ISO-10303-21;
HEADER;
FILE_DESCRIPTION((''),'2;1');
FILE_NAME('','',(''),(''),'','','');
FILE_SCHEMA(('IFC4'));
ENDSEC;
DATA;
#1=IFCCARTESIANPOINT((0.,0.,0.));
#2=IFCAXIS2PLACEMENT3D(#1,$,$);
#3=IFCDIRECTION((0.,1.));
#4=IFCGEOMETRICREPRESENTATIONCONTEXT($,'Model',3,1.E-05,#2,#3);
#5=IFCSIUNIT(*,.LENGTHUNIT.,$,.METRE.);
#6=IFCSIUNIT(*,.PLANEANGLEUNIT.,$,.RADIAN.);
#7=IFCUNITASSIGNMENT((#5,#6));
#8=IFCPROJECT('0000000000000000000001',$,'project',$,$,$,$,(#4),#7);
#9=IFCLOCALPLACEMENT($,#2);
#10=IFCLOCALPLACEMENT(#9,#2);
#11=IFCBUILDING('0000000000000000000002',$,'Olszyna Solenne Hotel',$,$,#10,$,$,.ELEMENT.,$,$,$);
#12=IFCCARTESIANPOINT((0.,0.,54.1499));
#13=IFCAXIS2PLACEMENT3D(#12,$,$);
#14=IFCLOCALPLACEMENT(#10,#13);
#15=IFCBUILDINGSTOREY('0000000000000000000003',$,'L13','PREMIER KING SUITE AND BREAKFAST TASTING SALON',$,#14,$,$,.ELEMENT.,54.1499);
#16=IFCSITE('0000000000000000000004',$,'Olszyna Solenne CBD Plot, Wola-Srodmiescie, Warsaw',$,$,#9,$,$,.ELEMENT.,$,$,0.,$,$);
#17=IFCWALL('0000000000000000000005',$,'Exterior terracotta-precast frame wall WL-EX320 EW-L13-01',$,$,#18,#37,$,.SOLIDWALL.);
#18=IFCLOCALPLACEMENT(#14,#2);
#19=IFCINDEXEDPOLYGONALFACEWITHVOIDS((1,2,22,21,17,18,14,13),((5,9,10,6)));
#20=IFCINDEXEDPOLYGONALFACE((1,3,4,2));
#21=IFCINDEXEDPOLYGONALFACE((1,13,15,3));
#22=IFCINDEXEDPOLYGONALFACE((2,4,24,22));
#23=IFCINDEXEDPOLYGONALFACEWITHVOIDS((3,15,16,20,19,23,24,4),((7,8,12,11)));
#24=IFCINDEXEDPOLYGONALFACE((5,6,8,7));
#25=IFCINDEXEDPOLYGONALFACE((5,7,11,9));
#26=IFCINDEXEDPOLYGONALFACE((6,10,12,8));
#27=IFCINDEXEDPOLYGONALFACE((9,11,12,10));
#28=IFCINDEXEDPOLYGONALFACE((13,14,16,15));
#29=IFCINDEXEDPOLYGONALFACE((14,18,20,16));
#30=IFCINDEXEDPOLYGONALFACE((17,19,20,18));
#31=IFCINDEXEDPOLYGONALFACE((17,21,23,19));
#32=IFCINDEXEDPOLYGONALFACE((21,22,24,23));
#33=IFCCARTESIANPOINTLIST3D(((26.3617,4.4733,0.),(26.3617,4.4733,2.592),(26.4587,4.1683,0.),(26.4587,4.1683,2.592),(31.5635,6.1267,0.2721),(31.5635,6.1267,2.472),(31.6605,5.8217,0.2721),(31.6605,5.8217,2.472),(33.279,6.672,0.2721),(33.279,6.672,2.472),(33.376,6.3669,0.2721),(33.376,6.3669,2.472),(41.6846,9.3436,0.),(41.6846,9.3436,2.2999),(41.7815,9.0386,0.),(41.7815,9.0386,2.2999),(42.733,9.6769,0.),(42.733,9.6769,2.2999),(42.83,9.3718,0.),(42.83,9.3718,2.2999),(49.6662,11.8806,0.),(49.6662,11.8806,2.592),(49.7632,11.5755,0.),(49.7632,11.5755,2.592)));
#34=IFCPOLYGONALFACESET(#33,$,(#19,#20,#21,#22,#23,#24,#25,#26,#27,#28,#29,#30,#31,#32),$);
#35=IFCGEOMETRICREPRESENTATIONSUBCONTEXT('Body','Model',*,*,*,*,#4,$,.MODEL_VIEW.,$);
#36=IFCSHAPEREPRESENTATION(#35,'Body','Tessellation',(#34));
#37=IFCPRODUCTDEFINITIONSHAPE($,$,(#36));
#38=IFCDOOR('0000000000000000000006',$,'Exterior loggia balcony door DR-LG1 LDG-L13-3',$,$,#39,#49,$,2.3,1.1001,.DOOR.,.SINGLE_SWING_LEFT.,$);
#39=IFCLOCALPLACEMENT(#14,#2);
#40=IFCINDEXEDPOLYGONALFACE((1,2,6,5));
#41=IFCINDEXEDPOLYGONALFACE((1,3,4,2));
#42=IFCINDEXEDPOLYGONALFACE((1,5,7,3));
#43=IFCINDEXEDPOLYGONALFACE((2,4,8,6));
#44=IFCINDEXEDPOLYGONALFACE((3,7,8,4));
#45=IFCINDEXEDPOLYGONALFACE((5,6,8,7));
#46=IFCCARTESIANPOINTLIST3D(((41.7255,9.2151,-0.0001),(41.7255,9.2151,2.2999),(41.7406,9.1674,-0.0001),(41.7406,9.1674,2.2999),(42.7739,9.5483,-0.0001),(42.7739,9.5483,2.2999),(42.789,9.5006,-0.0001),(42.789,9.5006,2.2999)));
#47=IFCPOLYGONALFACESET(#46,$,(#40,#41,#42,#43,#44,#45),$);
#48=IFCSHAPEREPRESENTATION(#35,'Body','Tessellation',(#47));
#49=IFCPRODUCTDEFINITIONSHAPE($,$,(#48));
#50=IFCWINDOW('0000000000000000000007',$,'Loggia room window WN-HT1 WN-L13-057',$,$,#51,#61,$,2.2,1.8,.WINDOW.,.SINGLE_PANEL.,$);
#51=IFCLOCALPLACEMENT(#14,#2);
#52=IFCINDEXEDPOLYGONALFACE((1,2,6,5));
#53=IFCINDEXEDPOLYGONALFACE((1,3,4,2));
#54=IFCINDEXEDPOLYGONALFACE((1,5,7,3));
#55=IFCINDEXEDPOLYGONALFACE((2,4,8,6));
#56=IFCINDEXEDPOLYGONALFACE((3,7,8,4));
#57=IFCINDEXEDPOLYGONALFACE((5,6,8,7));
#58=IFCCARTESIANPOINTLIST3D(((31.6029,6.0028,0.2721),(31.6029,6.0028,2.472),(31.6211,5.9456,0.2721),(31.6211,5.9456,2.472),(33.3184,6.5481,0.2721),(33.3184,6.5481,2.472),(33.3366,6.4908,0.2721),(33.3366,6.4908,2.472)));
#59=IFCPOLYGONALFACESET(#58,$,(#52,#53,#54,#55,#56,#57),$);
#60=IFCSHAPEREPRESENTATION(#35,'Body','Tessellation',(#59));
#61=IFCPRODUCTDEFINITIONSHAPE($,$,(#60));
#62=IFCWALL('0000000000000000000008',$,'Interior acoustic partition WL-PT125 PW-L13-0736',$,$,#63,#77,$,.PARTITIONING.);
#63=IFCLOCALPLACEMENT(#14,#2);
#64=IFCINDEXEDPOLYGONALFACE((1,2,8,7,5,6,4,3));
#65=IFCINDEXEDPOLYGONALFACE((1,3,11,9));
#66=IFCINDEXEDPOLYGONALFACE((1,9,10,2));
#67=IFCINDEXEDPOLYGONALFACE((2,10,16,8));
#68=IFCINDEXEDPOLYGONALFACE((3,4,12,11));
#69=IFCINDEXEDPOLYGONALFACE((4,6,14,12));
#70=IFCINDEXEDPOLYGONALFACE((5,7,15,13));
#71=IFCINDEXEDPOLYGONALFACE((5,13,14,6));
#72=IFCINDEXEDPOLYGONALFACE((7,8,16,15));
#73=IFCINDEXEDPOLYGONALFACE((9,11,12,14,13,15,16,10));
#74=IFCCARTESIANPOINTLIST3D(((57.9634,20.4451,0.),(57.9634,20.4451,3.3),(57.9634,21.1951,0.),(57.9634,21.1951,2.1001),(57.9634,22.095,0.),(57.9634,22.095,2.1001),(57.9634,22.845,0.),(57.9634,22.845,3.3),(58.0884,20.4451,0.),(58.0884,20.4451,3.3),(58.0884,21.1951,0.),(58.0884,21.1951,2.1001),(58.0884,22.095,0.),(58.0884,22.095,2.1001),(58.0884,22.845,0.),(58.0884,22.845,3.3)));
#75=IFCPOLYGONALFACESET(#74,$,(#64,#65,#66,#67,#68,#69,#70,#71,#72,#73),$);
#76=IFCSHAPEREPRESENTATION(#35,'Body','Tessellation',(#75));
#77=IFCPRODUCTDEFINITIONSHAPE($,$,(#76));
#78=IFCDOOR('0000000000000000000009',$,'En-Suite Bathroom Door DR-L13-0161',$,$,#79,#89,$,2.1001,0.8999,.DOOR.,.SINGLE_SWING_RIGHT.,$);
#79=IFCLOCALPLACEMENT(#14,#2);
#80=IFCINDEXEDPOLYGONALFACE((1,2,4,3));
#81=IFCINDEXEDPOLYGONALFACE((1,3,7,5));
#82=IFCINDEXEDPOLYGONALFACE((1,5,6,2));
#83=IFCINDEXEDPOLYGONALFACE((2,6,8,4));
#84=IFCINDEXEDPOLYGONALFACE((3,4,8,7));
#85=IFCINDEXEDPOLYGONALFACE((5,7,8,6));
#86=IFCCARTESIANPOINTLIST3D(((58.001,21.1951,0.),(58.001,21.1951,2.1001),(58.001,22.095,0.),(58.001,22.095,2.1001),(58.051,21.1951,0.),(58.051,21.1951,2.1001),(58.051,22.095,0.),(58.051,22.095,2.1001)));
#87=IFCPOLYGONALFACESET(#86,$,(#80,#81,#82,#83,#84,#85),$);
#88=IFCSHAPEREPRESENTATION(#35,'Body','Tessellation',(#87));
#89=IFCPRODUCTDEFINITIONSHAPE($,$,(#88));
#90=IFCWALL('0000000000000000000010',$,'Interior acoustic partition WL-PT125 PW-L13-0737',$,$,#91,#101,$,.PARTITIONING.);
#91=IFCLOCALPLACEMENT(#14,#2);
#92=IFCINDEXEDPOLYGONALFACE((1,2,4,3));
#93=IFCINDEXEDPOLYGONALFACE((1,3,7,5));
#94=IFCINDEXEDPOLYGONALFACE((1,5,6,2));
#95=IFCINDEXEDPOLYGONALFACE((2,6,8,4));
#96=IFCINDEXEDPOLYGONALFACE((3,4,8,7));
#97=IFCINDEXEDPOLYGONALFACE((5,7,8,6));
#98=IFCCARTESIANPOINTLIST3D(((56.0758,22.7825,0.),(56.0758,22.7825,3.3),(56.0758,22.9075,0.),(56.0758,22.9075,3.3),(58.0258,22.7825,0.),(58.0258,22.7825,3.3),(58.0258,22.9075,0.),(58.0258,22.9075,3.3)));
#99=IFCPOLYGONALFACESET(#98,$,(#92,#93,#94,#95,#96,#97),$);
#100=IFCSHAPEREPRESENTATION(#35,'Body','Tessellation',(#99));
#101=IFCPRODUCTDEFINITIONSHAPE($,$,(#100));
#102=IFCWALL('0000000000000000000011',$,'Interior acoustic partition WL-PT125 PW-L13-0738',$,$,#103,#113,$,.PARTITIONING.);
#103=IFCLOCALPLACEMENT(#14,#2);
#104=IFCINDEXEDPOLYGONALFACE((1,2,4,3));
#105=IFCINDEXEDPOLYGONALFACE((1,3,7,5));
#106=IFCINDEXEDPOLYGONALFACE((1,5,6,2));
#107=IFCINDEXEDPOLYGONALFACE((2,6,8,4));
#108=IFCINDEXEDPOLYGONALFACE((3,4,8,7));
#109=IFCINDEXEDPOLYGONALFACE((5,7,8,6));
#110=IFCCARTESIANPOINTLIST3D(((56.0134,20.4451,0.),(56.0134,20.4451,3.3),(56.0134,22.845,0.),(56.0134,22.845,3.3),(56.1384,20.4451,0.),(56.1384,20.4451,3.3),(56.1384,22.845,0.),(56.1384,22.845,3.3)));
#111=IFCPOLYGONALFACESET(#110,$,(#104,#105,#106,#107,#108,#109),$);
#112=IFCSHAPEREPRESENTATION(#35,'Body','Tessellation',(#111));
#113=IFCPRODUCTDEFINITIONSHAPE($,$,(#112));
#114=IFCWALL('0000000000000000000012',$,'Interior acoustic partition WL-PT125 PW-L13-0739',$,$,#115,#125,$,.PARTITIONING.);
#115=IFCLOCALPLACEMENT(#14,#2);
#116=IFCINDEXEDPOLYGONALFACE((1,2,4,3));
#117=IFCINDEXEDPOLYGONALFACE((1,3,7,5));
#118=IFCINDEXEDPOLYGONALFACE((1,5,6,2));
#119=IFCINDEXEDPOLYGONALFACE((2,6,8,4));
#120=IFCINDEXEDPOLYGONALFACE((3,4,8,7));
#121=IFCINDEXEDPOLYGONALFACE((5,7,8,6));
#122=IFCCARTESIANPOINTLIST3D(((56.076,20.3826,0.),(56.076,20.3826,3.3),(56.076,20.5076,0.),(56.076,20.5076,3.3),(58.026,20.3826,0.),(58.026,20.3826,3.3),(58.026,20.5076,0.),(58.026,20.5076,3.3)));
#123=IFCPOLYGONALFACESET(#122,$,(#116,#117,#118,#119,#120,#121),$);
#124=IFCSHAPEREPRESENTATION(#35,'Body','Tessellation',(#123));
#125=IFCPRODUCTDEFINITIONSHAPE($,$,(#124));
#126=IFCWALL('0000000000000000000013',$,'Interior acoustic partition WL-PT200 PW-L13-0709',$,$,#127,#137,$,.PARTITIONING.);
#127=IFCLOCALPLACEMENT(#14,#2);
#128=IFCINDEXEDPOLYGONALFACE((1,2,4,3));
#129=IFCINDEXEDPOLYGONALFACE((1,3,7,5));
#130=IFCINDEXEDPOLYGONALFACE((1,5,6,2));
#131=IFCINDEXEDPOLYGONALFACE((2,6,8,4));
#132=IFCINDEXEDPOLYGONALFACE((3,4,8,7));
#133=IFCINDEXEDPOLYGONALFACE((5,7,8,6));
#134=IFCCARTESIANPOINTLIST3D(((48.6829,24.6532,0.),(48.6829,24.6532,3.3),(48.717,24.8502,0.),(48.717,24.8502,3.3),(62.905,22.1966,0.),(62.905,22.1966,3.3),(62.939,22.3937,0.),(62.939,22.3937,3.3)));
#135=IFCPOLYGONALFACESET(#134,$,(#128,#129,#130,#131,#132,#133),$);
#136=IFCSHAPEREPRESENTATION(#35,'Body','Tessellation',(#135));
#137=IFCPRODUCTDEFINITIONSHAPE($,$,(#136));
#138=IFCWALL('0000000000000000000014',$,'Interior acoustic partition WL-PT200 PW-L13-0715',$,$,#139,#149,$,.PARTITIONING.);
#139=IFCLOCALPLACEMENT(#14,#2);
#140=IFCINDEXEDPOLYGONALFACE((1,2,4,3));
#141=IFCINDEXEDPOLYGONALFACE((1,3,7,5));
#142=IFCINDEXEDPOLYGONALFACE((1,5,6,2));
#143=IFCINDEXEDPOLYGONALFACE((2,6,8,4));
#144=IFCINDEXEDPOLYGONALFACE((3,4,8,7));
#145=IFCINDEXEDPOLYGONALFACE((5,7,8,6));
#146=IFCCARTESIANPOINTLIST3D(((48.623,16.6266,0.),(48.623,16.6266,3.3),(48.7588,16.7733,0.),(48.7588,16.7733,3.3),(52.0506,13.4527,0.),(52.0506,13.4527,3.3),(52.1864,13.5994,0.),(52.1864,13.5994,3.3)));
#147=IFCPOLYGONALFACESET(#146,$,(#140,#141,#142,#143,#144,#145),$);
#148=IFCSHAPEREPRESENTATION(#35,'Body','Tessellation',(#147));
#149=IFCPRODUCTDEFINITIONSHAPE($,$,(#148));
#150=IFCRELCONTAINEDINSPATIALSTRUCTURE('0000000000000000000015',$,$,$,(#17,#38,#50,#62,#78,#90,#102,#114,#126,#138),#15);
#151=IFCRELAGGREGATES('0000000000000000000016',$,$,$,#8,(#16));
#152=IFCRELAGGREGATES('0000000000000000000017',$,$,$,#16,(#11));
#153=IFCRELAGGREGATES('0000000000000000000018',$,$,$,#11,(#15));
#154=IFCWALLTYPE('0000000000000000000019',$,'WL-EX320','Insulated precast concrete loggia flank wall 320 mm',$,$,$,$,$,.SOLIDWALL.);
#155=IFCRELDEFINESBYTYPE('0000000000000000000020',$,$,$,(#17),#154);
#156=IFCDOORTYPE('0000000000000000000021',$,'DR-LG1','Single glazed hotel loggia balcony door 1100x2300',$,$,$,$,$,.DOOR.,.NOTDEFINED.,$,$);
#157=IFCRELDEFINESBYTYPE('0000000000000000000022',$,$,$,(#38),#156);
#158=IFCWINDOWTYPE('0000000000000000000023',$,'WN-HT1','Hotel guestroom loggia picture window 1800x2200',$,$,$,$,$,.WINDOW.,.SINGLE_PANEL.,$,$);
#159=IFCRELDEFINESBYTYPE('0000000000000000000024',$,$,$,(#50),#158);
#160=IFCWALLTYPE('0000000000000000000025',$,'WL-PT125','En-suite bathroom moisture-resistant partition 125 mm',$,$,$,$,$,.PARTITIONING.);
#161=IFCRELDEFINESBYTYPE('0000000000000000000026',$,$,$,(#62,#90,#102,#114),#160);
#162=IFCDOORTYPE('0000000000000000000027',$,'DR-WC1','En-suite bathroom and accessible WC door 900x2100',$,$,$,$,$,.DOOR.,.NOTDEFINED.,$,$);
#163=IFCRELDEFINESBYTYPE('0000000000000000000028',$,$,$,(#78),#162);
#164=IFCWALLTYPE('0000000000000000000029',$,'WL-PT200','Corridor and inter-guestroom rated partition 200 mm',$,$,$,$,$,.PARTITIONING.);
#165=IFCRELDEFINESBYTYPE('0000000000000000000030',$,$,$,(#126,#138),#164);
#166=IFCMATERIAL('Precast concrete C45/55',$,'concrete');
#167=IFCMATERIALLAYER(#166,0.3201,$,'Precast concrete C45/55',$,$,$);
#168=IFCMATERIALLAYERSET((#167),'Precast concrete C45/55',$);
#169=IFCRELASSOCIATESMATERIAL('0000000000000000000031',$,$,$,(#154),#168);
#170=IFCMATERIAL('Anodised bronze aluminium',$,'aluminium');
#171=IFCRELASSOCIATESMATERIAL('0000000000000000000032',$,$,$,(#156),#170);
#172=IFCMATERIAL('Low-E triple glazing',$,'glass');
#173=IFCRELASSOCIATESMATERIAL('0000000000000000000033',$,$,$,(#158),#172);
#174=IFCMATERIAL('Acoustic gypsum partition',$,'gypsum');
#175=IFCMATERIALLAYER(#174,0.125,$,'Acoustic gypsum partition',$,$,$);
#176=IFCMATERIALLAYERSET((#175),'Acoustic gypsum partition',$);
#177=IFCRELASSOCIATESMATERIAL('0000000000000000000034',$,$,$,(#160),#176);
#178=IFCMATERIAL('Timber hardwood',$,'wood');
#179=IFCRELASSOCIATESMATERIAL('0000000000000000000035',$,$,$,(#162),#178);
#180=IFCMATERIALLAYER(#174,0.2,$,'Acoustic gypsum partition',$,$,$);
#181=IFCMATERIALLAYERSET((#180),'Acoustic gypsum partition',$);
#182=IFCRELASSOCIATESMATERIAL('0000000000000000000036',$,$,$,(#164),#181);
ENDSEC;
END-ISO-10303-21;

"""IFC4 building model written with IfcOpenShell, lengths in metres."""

from ifc_helpers import new_model, si_unit, direction, frame, frame_2d, origin, place, context, subcontext, project, spatial, rectangle, extrude, source, transform, mapped, material, layer, layer_set, type_object, type_shapes, element, fill, save


model = new_model("IFC4")

# Units and contexts
model_context = context("Model", 3, precision=1e-05, world=origin(), true_north=direction((0.0, 1.0)))
body_context = subcontext(model_context, "Body", "Model", "MODEL_VIEW")
ifc_project = project(units=[si_unit("LENGTHUNIT", "METRE"), si_unit("PLANEANGLEUNIT", "RADIAN")], contexts=[model_context])

# Site, building, storey
site_placement = place(None, origin())
site = spatial("IfcSite", under=ifc_project, at=site_placement, Name="Olszyna Solenne CBD Plot, Wola-Srodmiescie, Warsaw", CompositionType="ELEMENT", RefElevation=0.0)
building_placement = place(site_placement, origin())
building = spatial("IfcBuilding", under=site, at=building_placement, Name="Olszyna Solenne Hotel", CompositionType="ELEMENT")
storey_placement = place(building_placement, frame((0.0, 0.0, 54.1499)))
storey = spatial("IfcBuildingStorey", under=building, at=storey_placement, Name="L13", Description="PREMIER KING SUITE AND BREAKFAST TASTING SALON", CompositionType="ELEMENT", Elevation=54.1499)

# Wall, openings, door, window
ifc_material_1 = material(Name="Precast concrete C45/55", Category="concrete")
ifc_layer_1 = layer(ifc_material_1, 0.3201, Name="Precast concrete C45/55")
ifc_layer_set_1 = layer_set([ifc_layer_1], Name="Precast concrete C45/55")
wall_type_1 = type_object("IfcWallType", Name="WL-EX320", Description="Insulated precast concrete loggia flank wall 320 mm", PredefinedType="SOLIDWALL", material=ifc_layer_set_1)
wall_1_placement = place(storey_placement, frame((49.7146, 11.728, 0.0), z_axis=(0.0, 0.0, 1.0), x_axis=(-0.953018, -0.302913, 0.0)))
wall_1 = element("IfcWall", 1, at=wall_1_placement, inside=storey, type_object=wall_type_1, Name="Exterior terracotta-precast frame wall WL-EX320 EW-L13-01", PredefinedType="SOLIDWALL", context=body_context, shape_type="SweptSolid", body=[
    extrude(rectangle(XDim=24.4534, YDim=0.3201, at=frame_2d((12.2266, 0.0))), origin(), (0.0, 0.0, 1.0), 2.592),
])
opening_1_placement = place(wall_1_placement, frame((7.2749, 0.0, 0.0)))
opening_1 = element("IfcOpeningElement", 2, at=opening_1_placement, cuts=wall_1, PredefinedType="OPENING", context=body_context, shape_type="SweptSolid", body=[
    extrude(rectangle(XDim=1.1001, YDim=2.3, at=frame_2d((0.55, 1.1499))), frame((0.0, 0.1699, 0.0), z_axis=(0.0, -1.0, 0.0), x_axis=(1.0, 0.0, 0.0)), (0.0, 0.0, 1.0), 0.3401),
])
opening_2_placement = place(wall_1_placement, frame((17.1951, 0.0, 0.272)))
opening_2 = element("IfcOpeningElement", 3, at=opening_2_placement, cuts=wall_1, PredefinedType="OPENING", context=body_context, shape_type="SweptSolid", body=[
    extrude(rectangle(XDim=1.8, YDim=2.2, at=frame_2d((0.8999, 1.1001))), frame((0.0, 0.1699, 0.0), z_axis=(0.0, -1.0, 0.0), x_axis=(1.0, 0.0, 0.0)), (0.0, 0.0, 1.0), 0.3401),
])
ifc_material_2 = material(Name="Anodised bronze aluminium", Category="aluminium")
door_type_1 = type_object("IfcDoorType", Name="DR-LG1", Description="Single glazed hotel loggia balcony door 1100x2300", OperationType="NOTDEFINED", PredefinedType="DOOR", material=ifc_material_2)
shared_shape_1 = source(origin(), body_context, "Body", "SweptSolid", [
    extrude(rectangle(XDim=1.1001, YDim=2.3, at=frame_2d((0.55, 1.1499))), frame((0.0, 0.0249, 0.0), z_axis=(0.0, -1.0, 0.0), x_axis=(1.0, 0.0, 0.0)), (0.0, 0.0, 1.0), 0.05),
])
type_shapes(door_type_1, [shared_shape_1])
door_1_placement = place(opening_1_placement, origin())
door_1 = element("IfcDoor", 4, at=door_1_placement, inside=storey, type_object=door_type_1, Name="Exterior loggia balcony door DR-LG1 LDG-L13-3", OperationType="SINGLE_SWING_LEFT", OverallHeight=2.3, OverallWidth=1.1001, PredefinedType="DOOR", context=body_context, shape_type="MappedRepresentation", body=[
    mapped(shared_shape_1, transform((0.0, 0.0, 0.0), x_axis=(1.0, 0.0, 0.0), y_axis=(0.0, 1.0, 0.0), z_axis=(0.0, 0.0, 1.0), scale=1.0)),
])
fill(opening_1, door_1)
ifc_material_3 = material(Name="Low-E triple glazing", Category="glass")
window_type = type_object("IfcWindowType", Name="WN-HT1", Description="Hotel guestroom loggia picture window 1800x2200", PartitioningType="SINGLE_PANEL", PredefinedType="WINDOW", material=ifc_material_3)
shared_shape_2 = source(origin(), body_context, "Body", "SweptSolid", [
    extrude(rectangle(XDim=1.8, YDim=2.2, at=frame_2d((0.8999, 1.1001))), frame((0.0, 0.03, 0.0), z_axis=(0.0, -1.0, 0.0), x_axis=(1.0, 0.0, 0.0)), (0.0, 0.0, 1.0), 0.0601),
])
type_shapes(window_type, [shared_shape_2])
window_placement = place(opening_2_placement, origin())
window = element("IfcWindow", 5, at=window_placement, inside=storey, type_object=window_type, Name="Loggia room window WN-HT1 WN-L13-057", OverallHeight=2.2, OverallWidth=1.8, PartitioningType="SINGLE_PANEL", PredefinedType="WINDOW", context=body_context, shape_type="MappedRepresentation", body=[
    mapped(shared_shape_2, transform((0.0, 0.0, 0.0), x_axis=(1.0, 0.0, 0.0), y_axis=(0.0, 1.0, 0.0), z_axis=(0.0, 0.0, 1.0), scale=1.0)),
])
fill(opening_2, window)

# Wall, opening, door
ifc_material_4 = material(Name="Acoustic gypsum partition", Category="gypsum")
ifc_layer_2 = layer(ifc_material_4, 0.125, Name="Acoustic gypsum partition")
ifc_layer_set_2 = layer_set([ifc_layer_2], Name="Acoustic gypsum partition")
wall_type_2 = type_object("IfcWallType", Name="WL-PT125", Description="En-suite bathroom moisture-resistant partition 125 mm", PredefinedType="PARTITIONING", material=ifc_layer_set_2)
wall_2_placement = place(storey_placement, frame((58.0259, 20.4451, 0.0), z_axis=(0.0, 0.0, 1.0), x_axis=(0.0, 1.0, 0.0)))
wall_2 = element("IfcWall", 6, at=wall_2_placement, inside=storey, type_object=wall_type_2, Name="Interior acoustic partition WL-PT125 PW-L13-0736", PredefinedType="PARTITIONING", context=body_context, shape_type="SweptSolid", body=[
    extrude(rectangle(XDim=2.3999, YDim=0.125, at=frame_2d((1.2, 0.0))), origin(), (0.0, 0.0, 1.0), 3.3),
])
opening_3_placement = place(wall_2_placement, frame((0.75, 0.0, 0.0)))
opening_3 = element("IfcOpeningElement", 7, at=opening_3_placement, cuts=wall_2, PredefinedType="OPENING", context=body_context, shape_type="SweptSolid", body=[
    extrude(rectangle(XDim=0.8999, YDim=2.1001, at=frame_2d((0.45, 1.05))), frame((0.0, 0.0725, 0.0), z_axis=(0.0, -1.0, 0.0), x_axis=(1.0, 0.0, 0.0)), (0.0, 0.0, 1.0), 0.145),
])
ifc_material_5 = material(Name="Timber hardwood", Category="wood")
door_type_2 = type_object("IfcDoorType", Name="DR-WC1", Description="En-suite bathroom and accessible WC door 900x2100", OperationType="NOTDEFINED", PredefinedType="DOOR", material=ifc_material_5)
shared_shape_3 = source(origin(), body_context, "Body", "SweptSolid", [
    extrude(rectangle(XDim=0.8999, YDim=2.1001, at=frame_2d((0.45, 1.05))), frame((0.0, 0.0249, 0.0), z_axis=(0.0, -1.0, 0.0), x_axis=(1.0, 0.0, 0.0)), (0.0, 0.0, 1.0), 0.05),
])
type_shapes(door_type_2, [shared_shape_3])
door_2_placement = place(opening_3_placement, origin())
door_2 = element("IfcDoor", 8, at=door_2_placement, inside=storey, type_object=door_type_2, Name="En-Suite Bathroom Door DR-L13-0161", OperationType="SINGLE_SWING_RIGHT", OverallHeight=2.1001, OverallWidth=0.8999, PredefinedType="DOOR", context=body_context, shape_type="MappedRepresentation", body=[
    mapped(shared_shape_3, transform((0.0, 0.0, 0.0), x_axis=(1.0, 0.0, 0.0), y_axis=(0.0, 1.0, 0.0), z_axis=(0.0, 0.0, 1.0), scale=1.0)),
])
fill(opening_3, door_2)

# Walls
wall_3_placement = place(storey_placement, frame((58.0259, 22.845, 0.0), z_axis=(0.0, 0.0, 1.0), x_axis=(-1.0, 0.0, 0.0)))
element("IfcWall", 9, at=wall_3_placement, inside=storey, type_object=wall_type_2, Name="Interior acoustic partition WL-PT125 PW-L13-0737", PredefinedType="PARTITIONING", context=body_context, shape_type="SweptSolid", body=[
    extrude(rectangle(XDim=1.95, YDim=0.125, at=frame_2d((0.9751, 0.0))), origin(), (0.0, 0.0, 1.0), 3.3),
])
wall_4_placement = place(storey_placement, frame((56.0759, 22.845, 0.0), z_axis=(0.0, 0.0, 1.0), x_axis=(0.0, -1.0, 0.0)))
element("IfcWall", 10, at=wall_4_placement, inside=storey, type_object=wall_type_2, Name="Interior acoustic partition WL-PT125 PW-L13-0738", PredefinedType="PARTITIONING", context=body_context, shape_type="SweptSolid", body=[
    extrude(rectangle(XDim=2.3999, YDim=0.125, at=frame_2d((1.2, 0.0))), origin(), (0.0, 0.0, 1.0), 3.3),
])
wall_5_placement = place(storey_placement, frame((56.0759, 20.4451, 0.0), z_axis=(0.0, 0.0, 1.0), x_axis=(1.0, 0.0, 0.0)))
element("IfcWall", 11, at=wall_5_placement, inside=storey, type_object=wall_type_2, Name="Interior acoustic partition WL-PT125 PW-L13-0739", PredefinedType="PARTITIONING", context=body_context, shape_type="SweptSolid", body=[
    extrude(rectangle(XDim=1.95, YDim=0.125, at=frame_2d((0.9751, 0.0))), origin(), (0.0, 0.0, 1.0), 3.3),
])
ifc_layer_3 = layer(ifc_material_4, 0.2, Name="Acoustic gypsum partition")
ifc_layer_set_3 = layer_set([ifc_layer_3], Name="Acoustic gypsum partition")
wall_type_3 = type_object("IfcWallType", Name="WL-PT200", Description="Corridor and inter-guestroom rated partition 200 mm", PredefinedType="PARTITIONING", material=ifc_layer_set_3)
wall_6_placement = place(storey_placement, frame((48.7, 24.7517, 0.0), z_axis=(0.0, 0.0, 1.0), x_axis=(0.985408, -0.170209, 0.0)))
element("IfcWall", 12, at=wall_6_placement, inside=storey, type_object=wall_type_3, Name="Interior acoustic partition WL-PT200 PW-L13-0709", PredefinedType="PARTITIONING", context=body_context, shape_type="SweptSolid", body=[
    extrude(rectangle(XDim=14.4326, YDim=0.2, at=frame_2d((7.2163, 0.0))), origin(), (0.0, 0.0, 1.0), 3.3),
])
wall_7_placement = place(storey_placement, frame((48.6909, 16.7, 0.0), z_axis=(0.0, 0.0, 1.0), x_axis=(0.733737, -0.679434, 0.0)))
element("IfcWall", 13, at=wall_7_placement, inside=storey, type_object=wall_type_3, Name="Interior acoustic partition WL-PT200 PW-L13-0715", PredefinedType="PARTITIONING", context=body_context, shape_type="SweptSolid", body=[
    extrude(rectangle(XDim=4.6714, YDim=0.2, at=frame_2d((2.3357, 0.0))), origin(), (0.0, 0.0, 1.0), 3.3),
])

save(model, "model.ifc")
